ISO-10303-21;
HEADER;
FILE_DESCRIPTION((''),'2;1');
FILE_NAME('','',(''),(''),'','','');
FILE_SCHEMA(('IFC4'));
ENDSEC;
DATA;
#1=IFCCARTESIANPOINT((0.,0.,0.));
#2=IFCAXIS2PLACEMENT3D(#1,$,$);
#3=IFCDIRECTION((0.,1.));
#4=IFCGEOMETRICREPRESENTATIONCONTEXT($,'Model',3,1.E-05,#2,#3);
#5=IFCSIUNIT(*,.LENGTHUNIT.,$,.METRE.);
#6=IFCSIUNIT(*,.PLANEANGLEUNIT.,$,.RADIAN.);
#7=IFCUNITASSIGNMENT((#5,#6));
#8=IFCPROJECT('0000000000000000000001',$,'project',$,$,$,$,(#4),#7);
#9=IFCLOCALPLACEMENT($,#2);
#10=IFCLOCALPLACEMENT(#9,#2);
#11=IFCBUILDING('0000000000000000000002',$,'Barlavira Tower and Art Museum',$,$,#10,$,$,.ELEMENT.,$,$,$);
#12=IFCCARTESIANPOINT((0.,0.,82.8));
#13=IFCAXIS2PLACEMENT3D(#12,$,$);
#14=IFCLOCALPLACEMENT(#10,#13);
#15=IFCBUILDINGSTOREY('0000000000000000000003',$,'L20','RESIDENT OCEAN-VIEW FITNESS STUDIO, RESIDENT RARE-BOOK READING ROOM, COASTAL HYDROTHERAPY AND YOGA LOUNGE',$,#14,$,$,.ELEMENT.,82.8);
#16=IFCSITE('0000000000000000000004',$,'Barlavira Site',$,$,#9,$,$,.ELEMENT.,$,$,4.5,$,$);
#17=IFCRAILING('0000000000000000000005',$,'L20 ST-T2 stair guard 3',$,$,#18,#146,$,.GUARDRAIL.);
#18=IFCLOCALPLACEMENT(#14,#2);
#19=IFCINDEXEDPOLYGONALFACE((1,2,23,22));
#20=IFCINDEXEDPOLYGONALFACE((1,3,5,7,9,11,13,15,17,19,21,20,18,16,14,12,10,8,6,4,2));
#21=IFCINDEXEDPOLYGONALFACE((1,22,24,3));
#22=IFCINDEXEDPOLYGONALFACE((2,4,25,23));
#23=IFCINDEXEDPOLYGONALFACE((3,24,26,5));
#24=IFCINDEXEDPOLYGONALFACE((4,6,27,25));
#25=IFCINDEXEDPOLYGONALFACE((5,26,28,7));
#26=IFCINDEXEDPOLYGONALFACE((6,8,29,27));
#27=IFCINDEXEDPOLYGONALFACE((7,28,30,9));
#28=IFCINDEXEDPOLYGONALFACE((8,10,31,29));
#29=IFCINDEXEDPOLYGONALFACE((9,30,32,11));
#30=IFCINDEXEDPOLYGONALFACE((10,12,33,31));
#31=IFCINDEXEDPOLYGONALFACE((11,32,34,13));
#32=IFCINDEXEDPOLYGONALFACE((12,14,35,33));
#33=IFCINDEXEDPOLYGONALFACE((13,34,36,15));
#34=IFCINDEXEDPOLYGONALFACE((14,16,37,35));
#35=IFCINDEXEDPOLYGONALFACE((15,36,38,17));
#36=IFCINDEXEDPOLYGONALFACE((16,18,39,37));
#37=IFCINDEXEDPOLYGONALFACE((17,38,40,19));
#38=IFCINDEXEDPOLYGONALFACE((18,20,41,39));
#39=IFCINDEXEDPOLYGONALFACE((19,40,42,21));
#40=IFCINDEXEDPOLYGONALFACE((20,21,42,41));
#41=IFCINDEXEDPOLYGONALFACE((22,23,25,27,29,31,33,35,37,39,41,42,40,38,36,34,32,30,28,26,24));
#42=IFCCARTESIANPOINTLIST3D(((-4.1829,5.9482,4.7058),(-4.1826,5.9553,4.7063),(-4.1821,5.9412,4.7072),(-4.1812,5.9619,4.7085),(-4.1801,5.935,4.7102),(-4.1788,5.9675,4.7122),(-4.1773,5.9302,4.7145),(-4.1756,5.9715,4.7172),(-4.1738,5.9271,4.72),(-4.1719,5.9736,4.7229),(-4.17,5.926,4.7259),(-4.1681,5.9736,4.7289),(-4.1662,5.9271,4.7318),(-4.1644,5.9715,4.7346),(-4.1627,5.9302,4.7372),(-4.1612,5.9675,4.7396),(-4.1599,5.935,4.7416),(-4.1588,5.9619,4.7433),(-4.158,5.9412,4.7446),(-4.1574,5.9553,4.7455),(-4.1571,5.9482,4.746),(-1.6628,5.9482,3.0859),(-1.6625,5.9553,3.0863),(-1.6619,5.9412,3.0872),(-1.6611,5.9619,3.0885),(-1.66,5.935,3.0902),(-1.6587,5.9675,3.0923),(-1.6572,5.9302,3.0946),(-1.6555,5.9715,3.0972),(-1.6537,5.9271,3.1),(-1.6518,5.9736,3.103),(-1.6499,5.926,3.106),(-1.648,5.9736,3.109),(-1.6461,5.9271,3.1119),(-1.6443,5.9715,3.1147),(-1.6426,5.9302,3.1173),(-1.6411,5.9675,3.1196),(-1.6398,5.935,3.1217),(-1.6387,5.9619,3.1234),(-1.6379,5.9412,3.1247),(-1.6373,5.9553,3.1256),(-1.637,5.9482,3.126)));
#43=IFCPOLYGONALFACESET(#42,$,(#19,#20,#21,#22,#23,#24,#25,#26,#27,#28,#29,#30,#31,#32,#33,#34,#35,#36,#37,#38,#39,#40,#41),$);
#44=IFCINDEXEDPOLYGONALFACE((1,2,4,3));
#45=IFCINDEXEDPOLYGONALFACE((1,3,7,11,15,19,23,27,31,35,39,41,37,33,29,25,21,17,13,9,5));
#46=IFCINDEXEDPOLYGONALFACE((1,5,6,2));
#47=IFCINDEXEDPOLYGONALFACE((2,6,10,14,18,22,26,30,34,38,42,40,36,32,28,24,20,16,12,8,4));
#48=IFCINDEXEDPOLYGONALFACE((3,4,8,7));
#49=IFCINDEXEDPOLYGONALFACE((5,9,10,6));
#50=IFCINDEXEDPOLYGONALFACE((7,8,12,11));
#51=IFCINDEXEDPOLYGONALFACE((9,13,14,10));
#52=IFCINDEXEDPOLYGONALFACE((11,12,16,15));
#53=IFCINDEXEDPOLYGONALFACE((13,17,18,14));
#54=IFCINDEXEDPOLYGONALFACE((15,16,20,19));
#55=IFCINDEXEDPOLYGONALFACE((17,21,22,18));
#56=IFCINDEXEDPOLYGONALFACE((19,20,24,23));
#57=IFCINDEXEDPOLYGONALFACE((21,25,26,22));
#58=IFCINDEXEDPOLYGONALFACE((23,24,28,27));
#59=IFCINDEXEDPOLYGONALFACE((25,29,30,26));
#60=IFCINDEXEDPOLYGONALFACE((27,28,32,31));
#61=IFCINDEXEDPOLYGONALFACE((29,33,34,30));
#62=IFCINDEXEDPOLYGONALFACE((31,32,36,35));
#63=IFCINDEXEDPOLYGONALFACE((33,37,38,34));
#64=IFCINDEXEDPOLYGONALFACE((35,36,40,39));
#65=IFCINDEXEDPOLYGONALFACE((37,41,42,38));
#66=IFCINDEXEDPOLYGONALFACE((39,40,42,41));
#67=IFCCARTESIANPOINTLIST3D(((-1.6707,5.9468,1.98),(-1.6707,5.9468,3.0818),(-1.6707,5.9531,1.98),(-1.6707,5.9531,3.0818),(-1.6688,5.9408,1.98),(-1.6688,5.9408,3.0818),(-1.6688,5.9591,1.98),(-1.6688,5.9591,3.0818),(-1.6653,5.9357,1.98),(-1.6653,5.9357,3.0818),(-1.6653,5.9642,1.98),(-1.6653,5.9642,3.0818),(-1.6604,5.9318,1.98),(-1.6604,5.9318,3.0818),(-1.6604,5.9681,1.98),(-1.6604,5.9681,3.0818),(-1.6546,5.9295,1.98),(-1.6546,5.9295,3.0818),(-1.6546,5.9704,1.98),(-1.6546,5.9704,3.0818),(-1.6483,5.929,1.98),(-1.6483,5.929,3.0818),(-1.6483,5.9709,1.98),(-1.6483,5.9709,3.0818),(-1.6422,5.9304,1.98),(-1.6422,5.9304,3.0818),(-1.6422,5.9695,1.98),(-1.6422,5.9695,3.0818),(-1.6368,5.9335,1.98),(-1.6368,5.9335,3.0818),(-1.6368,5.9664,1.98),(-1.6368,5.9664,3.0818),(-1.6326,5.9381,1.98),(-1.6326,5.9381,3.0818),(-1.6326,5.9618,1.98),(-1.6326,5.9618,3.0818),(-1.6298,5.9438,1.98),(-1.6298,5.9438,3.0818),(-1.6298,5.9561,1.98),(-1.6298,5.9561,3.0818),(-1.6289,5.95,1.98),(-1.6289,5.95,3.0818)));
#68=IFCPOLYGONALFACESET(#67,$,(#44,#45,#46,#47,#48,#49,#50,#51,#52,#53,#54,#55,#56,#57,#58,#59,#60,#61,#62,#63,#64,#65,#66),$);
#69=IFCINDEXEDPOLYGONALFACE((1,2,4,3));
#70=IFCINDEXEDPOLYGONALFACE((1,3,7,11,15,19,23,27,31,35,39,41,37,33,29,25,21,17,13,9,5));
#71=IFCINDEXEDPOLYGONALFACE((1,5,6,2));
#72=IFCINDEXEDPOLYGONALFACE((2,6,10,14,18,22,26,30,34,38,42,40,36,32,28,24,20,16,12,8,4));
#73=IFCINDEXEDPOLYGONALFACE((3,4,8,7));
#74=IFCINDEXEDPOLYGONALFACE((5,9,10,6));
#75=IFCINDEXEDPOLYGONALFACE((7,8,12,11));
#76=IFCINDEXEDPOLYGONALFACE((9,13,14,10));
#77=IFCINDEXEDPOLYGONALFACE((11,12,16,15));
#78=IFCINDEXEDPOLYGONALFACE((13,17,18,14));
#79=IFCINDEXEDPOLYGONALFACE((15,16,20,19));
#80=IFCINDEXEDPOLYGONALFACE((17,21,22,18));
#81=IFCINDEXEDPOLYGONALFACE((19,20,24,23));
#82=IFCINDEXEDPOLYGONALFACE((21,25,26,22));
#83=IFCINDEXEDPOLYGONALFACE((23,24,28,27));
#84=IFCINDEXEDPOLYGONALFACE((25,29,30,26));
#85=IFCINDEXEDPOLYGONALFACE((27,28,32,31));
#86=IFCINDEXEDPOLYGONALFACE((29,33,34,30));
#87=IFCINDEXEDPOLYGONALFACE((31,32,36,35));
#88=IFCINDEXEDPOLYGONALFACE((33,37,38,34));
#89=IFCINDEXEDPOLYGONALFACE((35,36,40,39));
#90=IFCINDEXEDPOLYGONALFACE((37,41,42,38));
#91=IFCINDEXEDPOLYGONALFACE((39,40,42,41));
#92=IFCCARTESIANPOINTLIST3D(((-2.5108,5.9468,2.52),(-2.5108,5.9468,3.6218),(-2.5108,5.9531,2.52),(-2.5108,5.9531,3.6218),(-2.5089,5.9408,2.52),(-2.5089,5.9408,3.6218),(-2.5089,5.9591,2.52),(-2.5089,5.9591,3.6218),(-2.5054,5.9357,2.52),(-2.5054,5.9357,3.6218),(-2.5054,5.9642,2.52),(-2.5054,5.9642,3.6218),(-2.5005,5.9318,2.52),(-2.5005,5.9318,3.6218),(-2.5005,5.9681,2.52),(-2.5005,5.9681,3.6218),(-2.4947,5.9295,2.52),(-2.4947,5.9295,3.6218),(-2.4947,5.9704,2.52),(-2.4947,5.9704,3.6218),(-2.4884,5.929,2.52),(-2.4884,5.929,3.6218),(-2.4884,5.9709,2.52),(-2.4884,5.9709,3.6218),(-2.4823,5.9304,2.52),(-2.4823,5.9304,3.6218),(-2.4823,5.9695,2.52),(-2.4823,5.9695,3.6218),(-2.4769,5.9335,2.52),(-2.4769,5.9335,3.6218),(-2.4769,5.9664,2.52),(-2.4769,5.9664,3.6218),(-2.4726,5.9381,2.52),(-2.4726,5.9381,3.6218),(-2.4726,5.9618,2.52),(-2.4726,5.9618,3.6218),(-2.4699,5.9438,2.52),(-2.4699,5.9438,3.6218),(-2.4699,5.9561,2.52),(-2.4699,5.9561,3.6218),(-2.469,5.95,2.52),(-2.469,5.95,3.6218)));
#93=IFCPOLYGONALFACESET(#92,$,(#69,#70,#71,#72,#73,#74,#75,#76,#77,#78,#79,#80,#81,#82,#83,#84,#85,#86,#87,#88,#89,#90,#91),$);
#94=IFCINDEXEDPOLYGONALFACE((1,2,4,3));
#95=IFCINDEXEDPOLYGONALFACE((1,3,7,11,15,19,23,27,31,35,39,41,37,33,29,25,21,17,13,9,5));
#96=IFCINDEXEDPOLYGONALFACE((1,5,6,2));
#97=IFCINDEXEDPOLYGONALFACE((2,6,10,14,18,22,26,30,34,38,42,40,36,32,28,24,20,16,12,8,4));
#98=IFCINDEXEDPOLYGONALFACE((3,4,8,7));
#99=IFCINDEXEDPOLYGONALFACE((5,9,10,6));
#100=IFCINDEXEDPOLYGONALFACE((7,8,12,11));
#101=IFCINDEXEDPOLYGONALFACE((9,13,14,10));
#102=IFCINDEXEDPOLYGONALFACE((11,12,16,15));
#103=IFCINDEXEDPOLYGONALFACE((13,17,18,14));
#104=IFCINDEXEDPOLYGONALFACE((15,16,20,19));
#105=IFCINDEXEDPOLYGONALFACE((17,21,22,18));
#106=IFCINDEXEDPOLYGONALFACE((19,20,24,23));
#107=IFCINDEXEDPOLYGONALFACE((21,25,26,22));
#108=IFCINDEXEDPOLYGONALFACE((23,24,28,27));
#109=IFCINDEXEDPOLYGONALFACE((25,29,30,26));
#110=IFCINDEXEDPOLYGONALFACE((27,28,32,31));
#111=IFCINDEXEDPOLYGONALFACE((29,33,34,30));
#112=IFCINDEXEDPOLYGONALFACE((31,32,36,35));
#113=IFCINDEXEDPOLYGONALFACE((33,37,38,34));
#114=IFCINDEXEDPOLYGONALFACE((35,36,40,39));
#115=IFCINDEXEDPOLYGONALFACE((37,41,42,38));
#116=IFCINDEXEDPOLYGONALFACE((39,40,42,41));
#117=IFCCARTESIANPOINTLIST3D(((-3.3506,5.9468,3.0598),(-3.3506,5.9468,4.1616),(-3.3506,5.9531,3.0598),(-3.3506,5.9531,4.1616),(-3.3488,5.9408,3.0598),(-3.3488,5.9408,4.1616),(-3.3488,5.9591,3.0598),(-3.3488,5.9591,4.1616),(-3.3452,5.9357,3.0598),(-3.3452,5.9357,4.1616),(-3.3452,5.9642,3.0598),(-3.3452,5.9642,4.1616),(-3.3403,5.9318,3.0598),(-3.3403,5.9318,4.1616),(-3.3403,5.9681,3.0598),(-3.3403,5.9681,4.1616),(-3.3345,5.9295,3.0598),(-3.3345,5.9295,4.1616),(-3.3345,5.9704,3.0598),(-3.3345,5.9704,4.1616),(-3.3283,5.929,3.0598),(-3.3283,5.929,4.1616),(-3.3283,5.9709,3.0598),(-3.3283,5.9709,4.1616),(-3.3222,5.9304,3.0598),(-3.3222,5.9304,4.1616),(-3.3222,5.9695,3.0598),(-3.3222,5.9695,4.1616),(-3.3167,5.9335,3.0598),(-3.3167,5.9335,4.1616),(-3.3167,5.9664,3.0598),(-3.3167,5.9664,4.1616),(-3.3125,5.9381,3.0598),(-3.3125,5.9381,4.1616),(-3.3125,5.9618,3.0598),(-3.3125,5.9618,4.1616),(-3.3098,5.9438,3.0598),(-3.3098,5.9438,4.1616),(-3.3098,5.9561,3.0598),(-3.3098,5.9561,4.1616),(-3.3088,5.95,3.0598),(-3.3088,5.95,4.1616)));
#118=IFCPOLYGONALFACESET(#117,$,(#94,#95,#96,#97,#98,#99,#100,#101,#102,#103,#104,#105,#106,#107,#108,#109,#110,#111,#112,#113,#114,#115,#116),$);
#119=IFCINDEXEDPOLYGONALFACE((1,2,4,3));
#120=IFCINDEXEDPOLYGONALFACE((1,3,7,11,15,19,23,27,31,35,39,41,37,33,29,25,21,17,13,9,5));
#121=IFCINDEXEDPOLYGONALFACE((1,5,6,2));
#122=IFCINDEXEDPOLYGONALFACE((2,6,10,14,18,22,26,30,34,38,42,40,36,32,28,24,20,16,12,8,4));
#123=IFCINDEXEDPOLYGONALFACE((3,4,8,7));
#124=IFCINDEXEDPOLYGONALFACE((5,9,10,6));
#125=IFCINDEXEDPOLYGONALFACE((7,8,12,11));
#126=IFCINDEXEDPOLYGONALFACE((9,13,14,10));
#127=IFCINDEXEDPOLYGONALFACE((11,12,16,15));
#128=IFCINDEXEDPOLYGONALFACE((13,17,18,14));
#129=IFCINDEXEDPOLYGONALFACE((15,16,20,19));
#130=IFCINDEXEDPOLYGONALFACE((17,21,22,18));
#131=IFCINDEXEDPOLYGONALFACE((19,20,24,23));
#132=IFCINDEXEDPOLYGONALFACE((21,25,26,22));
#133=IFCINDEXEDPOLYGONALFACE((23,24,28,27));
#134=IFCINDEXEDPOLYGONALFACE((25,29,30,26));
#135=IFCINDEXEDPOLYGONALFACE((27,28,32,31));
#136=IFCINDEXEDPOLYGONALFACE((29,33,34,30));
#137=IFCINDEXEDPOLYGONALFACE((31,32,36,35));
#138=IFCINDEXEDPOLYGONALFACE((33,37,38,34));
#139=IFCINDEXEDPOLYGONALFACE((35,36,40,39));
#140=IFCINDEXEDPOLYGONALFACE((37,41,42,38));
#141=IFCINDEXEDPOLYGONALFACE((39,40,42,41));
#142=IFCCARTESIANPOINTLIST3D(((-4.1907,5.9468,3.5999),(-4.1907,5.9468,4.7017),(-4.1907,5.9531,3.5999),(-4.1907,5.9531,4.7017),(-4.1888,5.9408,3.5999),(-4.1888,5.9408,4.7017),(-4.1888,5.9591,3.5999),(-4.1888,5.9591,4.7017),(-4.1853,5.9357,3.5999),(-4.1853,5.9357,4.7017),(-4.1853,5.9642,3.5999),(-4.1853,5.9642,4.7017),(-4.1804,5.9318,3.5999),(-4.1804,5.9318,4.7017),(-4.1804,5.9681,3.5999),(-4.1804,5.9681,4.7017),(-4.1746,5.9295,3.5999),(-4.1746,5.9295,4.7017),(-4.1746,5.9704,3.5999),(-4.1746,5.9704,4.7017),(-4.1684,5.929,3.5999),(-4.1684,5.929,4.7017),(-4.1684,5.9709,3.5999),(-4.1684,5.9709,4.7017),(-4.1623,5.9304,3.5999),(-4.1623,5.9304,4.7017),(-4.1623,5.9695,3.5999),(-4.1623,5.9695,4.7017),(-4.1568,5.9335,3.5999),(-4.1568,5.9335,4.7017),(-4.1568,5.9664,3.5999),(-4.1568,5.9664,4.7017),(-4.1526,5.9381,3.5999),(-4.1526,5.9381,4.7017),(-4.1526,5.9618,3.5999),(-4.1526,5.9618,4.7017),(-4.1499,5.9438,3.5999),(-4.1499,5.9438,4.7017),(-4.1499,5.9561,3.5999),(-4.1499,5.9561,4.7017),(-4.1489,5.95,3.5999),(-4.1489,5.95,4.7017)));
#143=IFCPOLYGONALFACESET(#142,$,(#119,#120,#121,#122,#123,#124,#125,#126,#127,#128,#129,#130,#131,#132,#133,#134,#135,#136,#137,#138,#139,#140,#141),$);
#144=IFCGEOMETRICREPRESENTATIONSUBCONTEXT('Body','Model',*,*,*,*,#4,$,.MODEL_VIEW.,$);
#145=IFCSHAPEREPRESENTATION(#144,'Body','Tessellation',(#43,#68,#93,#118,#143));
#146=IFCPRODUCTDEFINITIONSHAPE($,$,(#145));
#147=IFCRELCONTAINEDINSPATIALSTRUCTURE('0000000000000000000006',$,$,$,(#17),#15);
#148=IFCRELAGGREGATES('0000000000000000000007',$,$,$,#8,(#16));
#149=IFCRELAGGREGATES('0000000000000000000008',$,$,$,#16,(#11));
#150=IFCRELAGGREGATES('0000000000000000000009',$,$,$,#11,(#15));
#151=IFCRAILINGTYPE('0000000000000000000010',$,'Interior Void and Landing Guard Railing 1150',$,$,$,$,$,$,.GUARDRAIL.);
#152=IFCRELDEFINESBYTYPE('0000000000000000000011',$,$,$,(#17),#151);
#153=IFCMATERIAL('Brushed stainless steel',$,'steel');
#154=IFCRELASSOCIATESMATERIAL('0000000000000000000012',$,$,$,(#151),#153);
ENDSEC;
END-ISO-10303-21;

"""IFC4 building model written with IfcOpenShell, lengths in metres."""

from ifc_helpers import new_model, si_unit, direction, frame, origin, origin_2d, place, context, subcontext, project, spatial, circle, extrude, material, type_object, element, save


model = new_model("IFC4")

# Units and contexts
model_context = context("Model", 3, precision=1e-05, world=origin(), true_north=direction((0.0, 1.0)))
body_context = subcontext(model_context, "Body", "Model", "MODEL_VIEW")
ifc_project = project(units=[si_unit("LENGTHUNIT", "METRE"), si_unit("PLANEANGLEUNIT", "RADIAN")], contexts=[model_context])

# Site, building, storey
site_placement = place(None, origin())
site = spatial("IfcSite", under=ifc_project, at=site_placement, Name="Barlavira Site", CompositionType="ELEMENT", RefElevation=4.5)
building_placement = place(site_placement, origin())
building = spatial("IfcBuilding", under=site, at=building_placement, Name="Barlavira Tower and Art Museum", CompositionType="ELEMENT")
storey_placement = place(building_placement, frame((0.0, 0.0, 82.8)))
storey = spatial("IfcBuildingStorey", under=building, at=storey_placement, Name="L20", Description="RESIDENT OCEAN-VIEW FITNESS STUDIO, RESIDENT RARE-BOOK READING ROOM, COASTAL HYDROTHERAPY AND YOGA LOUNGE", CompositionType="ELEMENT", Elevation=82.8)

# Shared definitions
ifc_material_1 = material(Name="Brushed stainless steel", Category="steel")

# Railing
railing_type_1 = type_object("IfcRailingType", Name="Interior Void and Landing Guard Railing 1150", PredefinedType="GUARDRAIL", material=ifc_material_1)
railing_1_placement = place(storey_placement, frame((-1.6499, 5.95, 1.98)))
element("IfcRailing", 1, at=railing_1_placement, inside=storey, type_object=railing_type_1, Name="L20 ST-T2 stair guard 3", PredefinedType="GUARDRAIL", context=body_context, shape_type="SweptSolid", body=[
    extrude(circle(Radius=0.0239, at=origin_2d()), frame((0.0, 0.0, 1.126), z_axis=(-0.8412, 0.0, 0.540725), x_axis=(0.0, -1.0, 0.0)), (0.0, 0.0, 1.0), 2.9958),
    extrude(circle(Radius=0.021, at=origin_2d()), origin(), (0.0, 0.0, 1.0), 1.1018),
    extrude(circle(Radius=0.021, at=origin_2d()), frame((-0.8401, 0.0, 0.54)), (0.0, 0.0, 1.0), 1.1018),
    extrude(circle(Radius=0.021, at=origin_2d()), frame((-1.6799, 0.0, 1.0798)), (0.0, 0.0, 1.0), 1.1018),
    extrude(circle(Radius=0.021, at=origin_2d()), frame((-2.52, 0.0, 1.6199)), (0.0, 0.0, 1.0), 1.1018),
])

save(model, "model.ifc")
